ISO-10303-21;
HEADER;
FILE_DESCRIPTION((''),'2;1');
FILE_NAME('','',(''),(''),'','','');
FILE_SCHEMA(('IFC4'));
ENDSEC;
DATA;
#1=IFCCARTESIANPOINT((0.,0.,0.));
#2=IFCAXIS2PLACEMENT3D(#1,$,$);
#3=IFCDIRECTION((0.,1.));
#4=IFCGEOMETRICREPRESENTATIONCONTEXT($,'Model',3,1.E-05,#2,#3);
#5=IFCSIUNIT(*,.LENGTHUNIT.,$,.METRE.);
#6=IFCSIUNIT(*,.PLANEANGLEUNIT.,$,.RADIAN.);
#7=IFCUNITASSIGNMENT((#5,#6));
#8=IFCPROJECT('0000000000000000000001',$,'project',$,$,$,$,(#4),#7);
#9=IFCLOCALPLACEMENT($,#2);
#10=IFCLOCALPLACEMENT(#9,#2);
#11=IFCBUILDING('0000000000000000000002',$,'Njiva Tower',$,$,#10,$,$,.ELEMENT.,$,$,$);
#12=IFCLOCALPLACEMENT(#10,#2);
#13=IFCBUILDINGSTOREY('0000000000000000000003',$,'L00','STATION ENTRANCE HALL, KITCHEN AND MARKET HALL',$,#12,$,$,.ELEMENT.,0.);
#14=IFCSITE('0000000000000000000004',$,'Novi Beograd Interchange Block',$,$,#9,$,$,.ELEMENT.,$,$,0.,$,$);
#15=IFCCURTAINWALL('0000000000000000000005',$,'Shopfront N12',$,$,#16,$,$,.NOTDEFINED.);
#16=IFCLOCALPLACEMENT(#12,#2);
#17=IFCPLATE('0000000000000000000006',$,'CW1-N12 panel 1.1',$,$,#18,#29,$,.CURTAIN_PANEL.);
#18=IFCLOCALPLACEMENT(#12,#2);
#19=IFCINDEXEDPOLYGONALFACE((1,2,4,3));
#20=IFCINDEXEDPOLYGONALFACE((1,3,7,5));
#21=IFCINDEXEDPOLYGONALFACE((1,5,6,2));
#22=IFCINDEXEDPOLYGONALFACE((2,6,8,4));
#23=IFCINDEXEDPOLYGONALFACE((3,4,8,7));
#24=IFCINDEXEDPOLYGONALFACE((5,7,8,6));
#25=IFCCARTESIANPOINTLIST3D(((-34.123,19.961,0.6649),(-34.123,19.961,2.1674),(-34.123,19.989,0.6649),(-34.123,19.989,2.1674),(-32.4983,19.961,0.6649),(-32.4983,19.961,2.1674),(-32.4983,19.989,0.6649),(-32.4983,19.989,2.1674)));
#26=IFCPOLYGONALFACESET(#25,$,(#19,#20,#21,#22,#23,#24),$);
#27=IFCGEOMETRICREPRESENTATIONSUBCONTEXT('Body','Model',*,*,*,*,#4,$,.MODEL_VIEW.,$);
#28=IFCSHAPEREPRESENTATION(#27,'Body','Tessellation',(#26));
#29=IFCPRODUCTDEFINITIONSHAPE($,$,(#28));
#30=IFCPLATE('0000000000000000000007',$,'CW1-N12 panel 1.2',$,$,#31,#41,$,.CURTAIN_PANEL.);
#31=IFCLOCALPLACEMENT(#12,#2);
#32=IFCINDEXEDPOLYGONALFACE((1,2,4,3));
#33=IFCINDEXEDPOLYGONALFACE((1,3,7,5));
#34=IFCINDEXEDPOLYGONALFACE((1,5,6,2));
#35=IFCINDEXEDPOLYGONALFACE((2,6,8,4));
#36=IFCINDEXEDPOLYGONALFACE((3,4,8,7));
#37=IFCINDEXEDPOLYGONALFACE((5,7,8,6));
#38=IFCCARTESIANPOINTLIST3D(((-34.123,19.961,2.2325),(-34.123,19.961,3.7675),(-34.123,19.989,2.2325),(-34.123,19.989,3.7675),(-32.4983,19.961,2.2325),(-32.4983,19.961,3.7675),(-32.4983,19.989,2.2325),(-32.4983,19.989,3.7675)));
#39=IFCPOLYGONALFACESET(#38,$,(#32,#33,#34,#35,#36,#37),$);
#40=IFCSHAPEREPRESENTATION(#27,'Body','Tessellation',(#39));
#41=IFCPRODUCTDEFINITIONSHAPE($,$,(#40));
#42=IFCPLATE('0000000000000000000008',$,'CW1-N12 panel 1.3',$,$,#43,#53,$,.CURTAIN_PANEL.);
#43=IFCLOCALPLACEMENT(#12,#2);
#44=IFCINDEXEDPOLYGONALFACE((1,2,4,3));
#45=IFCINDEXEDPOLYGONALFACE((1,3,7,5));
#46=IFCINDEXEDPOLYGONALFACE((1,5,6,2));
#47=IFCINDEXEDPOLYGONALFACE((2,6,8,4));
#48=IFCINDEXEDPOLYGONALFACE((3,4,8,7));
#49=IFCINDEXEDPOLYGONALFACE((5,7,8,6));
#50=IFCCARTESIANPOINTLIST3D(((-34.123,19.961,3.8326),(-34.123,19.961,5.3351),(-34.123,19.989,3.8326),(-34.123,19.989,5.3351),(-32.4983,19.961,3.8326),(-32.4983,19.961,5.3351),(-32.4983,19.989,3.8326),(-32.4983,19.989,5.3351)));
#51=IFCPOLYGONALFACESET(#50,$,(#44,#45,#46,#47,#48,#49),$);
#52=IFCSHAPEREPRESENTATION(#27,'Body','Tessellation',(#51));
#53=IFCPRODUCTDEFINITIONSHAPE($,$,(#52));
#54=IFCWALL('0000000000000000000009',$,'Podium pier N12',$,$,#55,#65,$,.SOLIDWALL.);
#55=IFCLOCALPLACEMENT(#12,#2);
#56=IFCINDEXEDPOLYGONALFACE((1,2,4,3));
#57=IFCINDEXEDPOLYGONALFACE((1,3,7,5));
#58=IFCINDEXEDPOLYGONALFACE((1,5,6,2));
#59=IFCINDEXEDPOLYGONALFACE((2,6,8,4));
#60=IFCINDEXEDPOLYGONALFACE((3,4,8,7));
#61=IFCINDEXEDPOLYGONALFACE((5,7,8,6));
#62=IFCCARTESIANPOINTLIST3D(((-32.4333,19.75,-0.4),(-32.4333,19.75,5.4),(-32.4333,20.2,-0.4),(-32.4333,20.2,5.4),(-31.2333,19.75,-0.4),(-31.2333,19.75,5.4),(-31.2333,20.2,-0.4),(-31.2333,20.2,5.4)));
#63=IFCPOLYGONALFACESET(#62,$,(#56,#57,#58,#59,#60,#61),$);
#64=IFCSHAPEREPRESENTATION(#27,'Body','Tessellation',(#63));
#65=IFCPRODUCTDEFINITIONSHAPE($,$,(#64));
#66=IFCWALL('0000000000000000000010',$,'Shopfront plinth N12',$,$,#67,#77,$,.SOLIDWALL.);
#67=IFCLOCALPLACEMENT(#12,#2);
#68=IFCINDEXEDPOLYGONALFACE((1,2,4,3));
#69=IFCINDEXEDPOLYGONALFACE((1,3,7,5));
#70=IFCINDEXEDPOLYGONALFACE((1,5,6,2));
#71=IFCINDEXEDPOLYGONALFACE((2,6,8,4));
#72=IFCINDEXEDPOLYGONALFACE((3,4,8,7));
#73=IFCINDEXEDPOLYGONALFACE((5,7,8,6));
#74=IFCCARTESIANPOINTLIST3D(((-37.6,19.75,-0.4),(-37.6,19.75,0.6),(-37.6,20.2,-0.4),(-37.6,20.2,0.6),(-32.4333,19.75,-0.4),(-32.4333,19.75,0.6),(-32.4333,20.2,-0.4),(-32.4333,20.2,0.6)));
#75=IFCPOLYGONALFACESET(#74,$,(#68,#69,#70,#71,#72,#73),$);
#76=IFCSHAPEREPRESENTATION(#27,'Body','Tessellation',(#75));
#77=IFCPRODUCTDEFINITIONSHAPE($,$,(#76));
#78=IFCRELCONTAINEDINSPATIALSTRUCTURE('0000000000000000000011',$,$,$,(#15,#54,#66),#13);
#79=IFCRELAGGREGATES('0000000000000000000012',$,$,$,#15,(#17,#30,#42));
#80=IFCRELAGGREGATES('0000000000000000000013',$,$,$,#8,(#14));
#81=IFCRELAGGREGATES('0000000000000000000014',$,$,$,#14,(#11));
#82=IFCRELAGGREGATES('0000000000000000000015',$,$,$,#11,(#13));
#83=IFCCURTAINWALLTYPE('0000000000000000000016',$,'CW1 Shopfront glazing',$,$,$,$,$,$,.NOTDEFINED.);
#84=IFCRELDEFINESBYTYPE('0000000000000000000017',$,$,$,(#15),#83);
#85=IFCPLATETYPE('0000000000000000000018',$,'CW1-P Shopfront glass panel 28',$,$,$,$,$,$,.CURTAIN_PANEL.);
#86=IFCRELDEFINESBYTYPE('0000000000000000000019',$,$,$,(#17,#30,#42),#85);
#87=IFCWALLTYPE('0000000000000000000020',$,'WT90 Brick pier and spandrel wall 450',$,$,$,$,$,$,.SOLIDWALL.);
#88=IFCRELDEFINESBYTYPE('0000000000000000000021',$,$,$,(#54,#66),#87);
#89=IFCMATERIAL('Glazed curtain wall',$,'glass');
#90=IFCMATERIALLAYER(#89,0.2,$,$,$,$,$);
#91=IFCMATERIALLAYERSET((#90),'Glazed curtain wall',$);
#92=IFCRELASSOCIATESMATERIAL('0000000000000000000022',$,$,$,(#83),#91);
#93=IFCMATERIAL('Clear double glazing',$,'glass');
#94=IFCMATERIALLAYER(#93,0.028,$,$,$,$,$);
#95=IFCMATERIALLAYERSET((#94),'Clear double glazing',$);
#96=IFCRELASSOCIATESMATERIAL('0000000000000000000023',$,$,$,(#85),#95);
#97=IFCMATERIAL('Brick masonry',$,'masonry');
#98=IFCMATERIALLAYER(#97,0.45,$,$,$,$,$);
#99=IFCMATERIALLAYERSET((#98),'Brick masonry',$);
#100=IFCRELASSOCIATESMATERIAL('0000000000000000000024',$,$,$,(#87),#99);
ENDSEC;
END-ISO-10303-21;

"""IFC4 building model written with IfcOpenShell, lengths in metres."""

from ifc_helpers import new_model, si_unit, direction, frame, origin, origin_2d, place, context, subcontext, project, spatial, polyline, rectangle, outline, extrude, material, layer, layer_set, type_object, element, aggregate, save


model = new_model("IFC4")

# Units and contexts
model_context = context("Model", 3, precision=1e-05, world=origin(), true_north=direction((0.0, 1.0)))
body_context = subcontext(model_context, "Body", "Model", "MODEL_VIEW")
ifc_project = project(units=[si_unit("LENGTHUNIT", "METRE"), si_unit("PLANEANGLEUNIT", "RADIAN")], contexts=[model_context])

# Site, building, storey
site_placement = place(None, origin())
site = spatial("IfcSite", under=ifc_project, at=site_placement, Name="Novi Beograd Interchange Block", CompositionType="ELEMENT", RefElevation=0.0)
building_placement = place(site_placement, origin())
building = spatial("IfcBuilding", under=site, at=building_placement, Name="Njiva Tower", CompositionType="ELEMENT")
storey_placement = place(building_placement, origin())
storey = spatial("IfcBuildingStorey", under=building, at=storey_placement, Name="L00", Description="STATION ENTRANCE HALL, KITCHEN AND MARKET HALL", CompositionType="ELEMENT", Elevation=0.0)

# Curtain wall
ifc_material_1 = material(Name="Glazed curtain wall", Category="glass")
ifc_layer_1 = layer(ifc_material_1, 0.2)
ifc_layer_set_1 = layer_set([ifc_layer_1], Name="Glazed curtain wall")
curtain_wall_type = type_object("IfcCurtainWallType", Name="CW1 Shopfront glazing", PredefinedType="NOTDEFINED", material=ifc_layer_set_1)
curtain_wall_1_placement = place(storey_placement, origin())
curtain_wall_1 = element("IfcCurtainWall", 1, at=curtain_wall_1_placement, inside=storey, type_object=curtain_wall_type, Name="Shopfront N12", PredefinedType="NOTDEFINED")

# Plates
ifc_material_2 = material(Name="Clear double glazing", Category="glass")
ifc_layer_2 = layer(ifc_material_2, 0.028)
ifc_layer_set_2 = layer_set([ifc_layer_2], Name="Clear double glazing")
plate_type = type_object("IfcPlateType", Name="CW1-P Shopfront glass panel 28", PredefinedType="CURTAIN_PANEL", material=ifc_layer_set_2)
plate_1_placement = place(storey_placement, frame((-33.3107, 19.975, 0.6649), z_axis=(0.0, 0.0, 1.0), x_axis=(-1.0, 0.0, 0.0)))
plate_1 = element("IfcPlate", 2, at=plate_1_placement, type_object=plate_type, Name="CW1-N12 panel 1.1", PredefinedType="CURTAIN_PANEL", context=body_context, shape_type="SweptSolid", body=[
    extrude(rectangle(XDim=1.6247, YDim=0.028, at=origin_2d()), origin(), (0.0, 0.0, 1.0), 1.5025),
])
plate_2_placement = place(storey_placement, frame((-33.3107, 19.975, 2.2325), z_axis=(0.0, 0.0, 1.0), x_axis=(-1.0, 0.0, 0.0)))
plate_2 = element("IfcPlate", 3, at=plate_2_placement, type_object=plate_type, Name="CW1-N12 panel 1.2", PredefinedType="CURTAIN_PANEL", context=body_context, shape_type="SweptSolid", body=[
    extrude(rectangle(XDim=1.6247, YDim=0.028, at=origin_2d()), origin(), (0.0, 0.0, 1.0), 1.535),
])
plate_3_placement = place(storey_placement, frame((-33.3107, 19.975, 3.8326), z_axis=(0.0, 0.0, 1.0), x_axis=(-1.0, 0.0, 0.0)))
plate_3 = element("IfcPlate", 4, at=plate_3_placement, type_object=plate_type, Name="CW1-N12 panel 1.3", PredefinedType="CURTAIN_PANEL", context=body_context, shape_type="SweptSolid", body=[
    extrude(rectangle(XDim=1.6247, YDim=0.028, at=origin_2d()), origin(), (0.0, 0.0, 1.0), 1.5025),
])
aggregate(curtain_wall_1, [plate_1, plate_2, plate_3])

# Walls
ifc_material_3 = material(Name="Brick masonry", Category="masonry")
ifc_layer_3 = layer(ifc_material_3, 0.45)
ifc_layer_set_3 = layer_set([ifc_layer_3], Name="Brick masonry")
wall_type = type_object("IfcWallType", Name="WT90 Brick pier and spandrel wall 450", PredefinedType="SOLIDWALL", material=ifc_layer_set_3)
wall_1_placement = place(storey_placement, frame((-31.2333, 19.975, -0.4), z_axis=(0.0, 0.0, 1.0), x_axis=(-1.0, 0.0, 0.0)))
element("IfcWall", 5, at=wall_1_placement, inside=storey, type_object=wall_type, Name="Podium pier N12", PredefinedType="SOLIDWALL", context=body_context, shape_type="SweptSolid", body=[
    extrude(outline(polyline([(0.0, -0.225), (1.2, -0.225), (1.2, 0.225), (0.0, 0.225), (0.0, -0.225)])), origin(), (0.0, 0.0, 1.0), 5.8),
])
wall_2_placement = place(storey_placement, frame((-32.4333, 19.975, -0.4), z_axis=(0.0, 0.0, 1.0), x_axis=(-1.0, 0.0, 0.0)))
element("IfcWall", 6, at=wall_2_placement, inside=storey, type_object=wall_type, Name="Shopfront plinth N12", PredefinedType="SOLIDWALL", context=body_context, shape_type="SweptSolid", body=[
    extrude(outline(polyline([(0.0, -0.225), (5.1667, -0.225), (5.1667, 0.225), (0.0, 0.225), (0.0, -0.225)])), origin(), (0.0, 0.0, 1.0), 1.0),
])

save(model, "model.ifc")
